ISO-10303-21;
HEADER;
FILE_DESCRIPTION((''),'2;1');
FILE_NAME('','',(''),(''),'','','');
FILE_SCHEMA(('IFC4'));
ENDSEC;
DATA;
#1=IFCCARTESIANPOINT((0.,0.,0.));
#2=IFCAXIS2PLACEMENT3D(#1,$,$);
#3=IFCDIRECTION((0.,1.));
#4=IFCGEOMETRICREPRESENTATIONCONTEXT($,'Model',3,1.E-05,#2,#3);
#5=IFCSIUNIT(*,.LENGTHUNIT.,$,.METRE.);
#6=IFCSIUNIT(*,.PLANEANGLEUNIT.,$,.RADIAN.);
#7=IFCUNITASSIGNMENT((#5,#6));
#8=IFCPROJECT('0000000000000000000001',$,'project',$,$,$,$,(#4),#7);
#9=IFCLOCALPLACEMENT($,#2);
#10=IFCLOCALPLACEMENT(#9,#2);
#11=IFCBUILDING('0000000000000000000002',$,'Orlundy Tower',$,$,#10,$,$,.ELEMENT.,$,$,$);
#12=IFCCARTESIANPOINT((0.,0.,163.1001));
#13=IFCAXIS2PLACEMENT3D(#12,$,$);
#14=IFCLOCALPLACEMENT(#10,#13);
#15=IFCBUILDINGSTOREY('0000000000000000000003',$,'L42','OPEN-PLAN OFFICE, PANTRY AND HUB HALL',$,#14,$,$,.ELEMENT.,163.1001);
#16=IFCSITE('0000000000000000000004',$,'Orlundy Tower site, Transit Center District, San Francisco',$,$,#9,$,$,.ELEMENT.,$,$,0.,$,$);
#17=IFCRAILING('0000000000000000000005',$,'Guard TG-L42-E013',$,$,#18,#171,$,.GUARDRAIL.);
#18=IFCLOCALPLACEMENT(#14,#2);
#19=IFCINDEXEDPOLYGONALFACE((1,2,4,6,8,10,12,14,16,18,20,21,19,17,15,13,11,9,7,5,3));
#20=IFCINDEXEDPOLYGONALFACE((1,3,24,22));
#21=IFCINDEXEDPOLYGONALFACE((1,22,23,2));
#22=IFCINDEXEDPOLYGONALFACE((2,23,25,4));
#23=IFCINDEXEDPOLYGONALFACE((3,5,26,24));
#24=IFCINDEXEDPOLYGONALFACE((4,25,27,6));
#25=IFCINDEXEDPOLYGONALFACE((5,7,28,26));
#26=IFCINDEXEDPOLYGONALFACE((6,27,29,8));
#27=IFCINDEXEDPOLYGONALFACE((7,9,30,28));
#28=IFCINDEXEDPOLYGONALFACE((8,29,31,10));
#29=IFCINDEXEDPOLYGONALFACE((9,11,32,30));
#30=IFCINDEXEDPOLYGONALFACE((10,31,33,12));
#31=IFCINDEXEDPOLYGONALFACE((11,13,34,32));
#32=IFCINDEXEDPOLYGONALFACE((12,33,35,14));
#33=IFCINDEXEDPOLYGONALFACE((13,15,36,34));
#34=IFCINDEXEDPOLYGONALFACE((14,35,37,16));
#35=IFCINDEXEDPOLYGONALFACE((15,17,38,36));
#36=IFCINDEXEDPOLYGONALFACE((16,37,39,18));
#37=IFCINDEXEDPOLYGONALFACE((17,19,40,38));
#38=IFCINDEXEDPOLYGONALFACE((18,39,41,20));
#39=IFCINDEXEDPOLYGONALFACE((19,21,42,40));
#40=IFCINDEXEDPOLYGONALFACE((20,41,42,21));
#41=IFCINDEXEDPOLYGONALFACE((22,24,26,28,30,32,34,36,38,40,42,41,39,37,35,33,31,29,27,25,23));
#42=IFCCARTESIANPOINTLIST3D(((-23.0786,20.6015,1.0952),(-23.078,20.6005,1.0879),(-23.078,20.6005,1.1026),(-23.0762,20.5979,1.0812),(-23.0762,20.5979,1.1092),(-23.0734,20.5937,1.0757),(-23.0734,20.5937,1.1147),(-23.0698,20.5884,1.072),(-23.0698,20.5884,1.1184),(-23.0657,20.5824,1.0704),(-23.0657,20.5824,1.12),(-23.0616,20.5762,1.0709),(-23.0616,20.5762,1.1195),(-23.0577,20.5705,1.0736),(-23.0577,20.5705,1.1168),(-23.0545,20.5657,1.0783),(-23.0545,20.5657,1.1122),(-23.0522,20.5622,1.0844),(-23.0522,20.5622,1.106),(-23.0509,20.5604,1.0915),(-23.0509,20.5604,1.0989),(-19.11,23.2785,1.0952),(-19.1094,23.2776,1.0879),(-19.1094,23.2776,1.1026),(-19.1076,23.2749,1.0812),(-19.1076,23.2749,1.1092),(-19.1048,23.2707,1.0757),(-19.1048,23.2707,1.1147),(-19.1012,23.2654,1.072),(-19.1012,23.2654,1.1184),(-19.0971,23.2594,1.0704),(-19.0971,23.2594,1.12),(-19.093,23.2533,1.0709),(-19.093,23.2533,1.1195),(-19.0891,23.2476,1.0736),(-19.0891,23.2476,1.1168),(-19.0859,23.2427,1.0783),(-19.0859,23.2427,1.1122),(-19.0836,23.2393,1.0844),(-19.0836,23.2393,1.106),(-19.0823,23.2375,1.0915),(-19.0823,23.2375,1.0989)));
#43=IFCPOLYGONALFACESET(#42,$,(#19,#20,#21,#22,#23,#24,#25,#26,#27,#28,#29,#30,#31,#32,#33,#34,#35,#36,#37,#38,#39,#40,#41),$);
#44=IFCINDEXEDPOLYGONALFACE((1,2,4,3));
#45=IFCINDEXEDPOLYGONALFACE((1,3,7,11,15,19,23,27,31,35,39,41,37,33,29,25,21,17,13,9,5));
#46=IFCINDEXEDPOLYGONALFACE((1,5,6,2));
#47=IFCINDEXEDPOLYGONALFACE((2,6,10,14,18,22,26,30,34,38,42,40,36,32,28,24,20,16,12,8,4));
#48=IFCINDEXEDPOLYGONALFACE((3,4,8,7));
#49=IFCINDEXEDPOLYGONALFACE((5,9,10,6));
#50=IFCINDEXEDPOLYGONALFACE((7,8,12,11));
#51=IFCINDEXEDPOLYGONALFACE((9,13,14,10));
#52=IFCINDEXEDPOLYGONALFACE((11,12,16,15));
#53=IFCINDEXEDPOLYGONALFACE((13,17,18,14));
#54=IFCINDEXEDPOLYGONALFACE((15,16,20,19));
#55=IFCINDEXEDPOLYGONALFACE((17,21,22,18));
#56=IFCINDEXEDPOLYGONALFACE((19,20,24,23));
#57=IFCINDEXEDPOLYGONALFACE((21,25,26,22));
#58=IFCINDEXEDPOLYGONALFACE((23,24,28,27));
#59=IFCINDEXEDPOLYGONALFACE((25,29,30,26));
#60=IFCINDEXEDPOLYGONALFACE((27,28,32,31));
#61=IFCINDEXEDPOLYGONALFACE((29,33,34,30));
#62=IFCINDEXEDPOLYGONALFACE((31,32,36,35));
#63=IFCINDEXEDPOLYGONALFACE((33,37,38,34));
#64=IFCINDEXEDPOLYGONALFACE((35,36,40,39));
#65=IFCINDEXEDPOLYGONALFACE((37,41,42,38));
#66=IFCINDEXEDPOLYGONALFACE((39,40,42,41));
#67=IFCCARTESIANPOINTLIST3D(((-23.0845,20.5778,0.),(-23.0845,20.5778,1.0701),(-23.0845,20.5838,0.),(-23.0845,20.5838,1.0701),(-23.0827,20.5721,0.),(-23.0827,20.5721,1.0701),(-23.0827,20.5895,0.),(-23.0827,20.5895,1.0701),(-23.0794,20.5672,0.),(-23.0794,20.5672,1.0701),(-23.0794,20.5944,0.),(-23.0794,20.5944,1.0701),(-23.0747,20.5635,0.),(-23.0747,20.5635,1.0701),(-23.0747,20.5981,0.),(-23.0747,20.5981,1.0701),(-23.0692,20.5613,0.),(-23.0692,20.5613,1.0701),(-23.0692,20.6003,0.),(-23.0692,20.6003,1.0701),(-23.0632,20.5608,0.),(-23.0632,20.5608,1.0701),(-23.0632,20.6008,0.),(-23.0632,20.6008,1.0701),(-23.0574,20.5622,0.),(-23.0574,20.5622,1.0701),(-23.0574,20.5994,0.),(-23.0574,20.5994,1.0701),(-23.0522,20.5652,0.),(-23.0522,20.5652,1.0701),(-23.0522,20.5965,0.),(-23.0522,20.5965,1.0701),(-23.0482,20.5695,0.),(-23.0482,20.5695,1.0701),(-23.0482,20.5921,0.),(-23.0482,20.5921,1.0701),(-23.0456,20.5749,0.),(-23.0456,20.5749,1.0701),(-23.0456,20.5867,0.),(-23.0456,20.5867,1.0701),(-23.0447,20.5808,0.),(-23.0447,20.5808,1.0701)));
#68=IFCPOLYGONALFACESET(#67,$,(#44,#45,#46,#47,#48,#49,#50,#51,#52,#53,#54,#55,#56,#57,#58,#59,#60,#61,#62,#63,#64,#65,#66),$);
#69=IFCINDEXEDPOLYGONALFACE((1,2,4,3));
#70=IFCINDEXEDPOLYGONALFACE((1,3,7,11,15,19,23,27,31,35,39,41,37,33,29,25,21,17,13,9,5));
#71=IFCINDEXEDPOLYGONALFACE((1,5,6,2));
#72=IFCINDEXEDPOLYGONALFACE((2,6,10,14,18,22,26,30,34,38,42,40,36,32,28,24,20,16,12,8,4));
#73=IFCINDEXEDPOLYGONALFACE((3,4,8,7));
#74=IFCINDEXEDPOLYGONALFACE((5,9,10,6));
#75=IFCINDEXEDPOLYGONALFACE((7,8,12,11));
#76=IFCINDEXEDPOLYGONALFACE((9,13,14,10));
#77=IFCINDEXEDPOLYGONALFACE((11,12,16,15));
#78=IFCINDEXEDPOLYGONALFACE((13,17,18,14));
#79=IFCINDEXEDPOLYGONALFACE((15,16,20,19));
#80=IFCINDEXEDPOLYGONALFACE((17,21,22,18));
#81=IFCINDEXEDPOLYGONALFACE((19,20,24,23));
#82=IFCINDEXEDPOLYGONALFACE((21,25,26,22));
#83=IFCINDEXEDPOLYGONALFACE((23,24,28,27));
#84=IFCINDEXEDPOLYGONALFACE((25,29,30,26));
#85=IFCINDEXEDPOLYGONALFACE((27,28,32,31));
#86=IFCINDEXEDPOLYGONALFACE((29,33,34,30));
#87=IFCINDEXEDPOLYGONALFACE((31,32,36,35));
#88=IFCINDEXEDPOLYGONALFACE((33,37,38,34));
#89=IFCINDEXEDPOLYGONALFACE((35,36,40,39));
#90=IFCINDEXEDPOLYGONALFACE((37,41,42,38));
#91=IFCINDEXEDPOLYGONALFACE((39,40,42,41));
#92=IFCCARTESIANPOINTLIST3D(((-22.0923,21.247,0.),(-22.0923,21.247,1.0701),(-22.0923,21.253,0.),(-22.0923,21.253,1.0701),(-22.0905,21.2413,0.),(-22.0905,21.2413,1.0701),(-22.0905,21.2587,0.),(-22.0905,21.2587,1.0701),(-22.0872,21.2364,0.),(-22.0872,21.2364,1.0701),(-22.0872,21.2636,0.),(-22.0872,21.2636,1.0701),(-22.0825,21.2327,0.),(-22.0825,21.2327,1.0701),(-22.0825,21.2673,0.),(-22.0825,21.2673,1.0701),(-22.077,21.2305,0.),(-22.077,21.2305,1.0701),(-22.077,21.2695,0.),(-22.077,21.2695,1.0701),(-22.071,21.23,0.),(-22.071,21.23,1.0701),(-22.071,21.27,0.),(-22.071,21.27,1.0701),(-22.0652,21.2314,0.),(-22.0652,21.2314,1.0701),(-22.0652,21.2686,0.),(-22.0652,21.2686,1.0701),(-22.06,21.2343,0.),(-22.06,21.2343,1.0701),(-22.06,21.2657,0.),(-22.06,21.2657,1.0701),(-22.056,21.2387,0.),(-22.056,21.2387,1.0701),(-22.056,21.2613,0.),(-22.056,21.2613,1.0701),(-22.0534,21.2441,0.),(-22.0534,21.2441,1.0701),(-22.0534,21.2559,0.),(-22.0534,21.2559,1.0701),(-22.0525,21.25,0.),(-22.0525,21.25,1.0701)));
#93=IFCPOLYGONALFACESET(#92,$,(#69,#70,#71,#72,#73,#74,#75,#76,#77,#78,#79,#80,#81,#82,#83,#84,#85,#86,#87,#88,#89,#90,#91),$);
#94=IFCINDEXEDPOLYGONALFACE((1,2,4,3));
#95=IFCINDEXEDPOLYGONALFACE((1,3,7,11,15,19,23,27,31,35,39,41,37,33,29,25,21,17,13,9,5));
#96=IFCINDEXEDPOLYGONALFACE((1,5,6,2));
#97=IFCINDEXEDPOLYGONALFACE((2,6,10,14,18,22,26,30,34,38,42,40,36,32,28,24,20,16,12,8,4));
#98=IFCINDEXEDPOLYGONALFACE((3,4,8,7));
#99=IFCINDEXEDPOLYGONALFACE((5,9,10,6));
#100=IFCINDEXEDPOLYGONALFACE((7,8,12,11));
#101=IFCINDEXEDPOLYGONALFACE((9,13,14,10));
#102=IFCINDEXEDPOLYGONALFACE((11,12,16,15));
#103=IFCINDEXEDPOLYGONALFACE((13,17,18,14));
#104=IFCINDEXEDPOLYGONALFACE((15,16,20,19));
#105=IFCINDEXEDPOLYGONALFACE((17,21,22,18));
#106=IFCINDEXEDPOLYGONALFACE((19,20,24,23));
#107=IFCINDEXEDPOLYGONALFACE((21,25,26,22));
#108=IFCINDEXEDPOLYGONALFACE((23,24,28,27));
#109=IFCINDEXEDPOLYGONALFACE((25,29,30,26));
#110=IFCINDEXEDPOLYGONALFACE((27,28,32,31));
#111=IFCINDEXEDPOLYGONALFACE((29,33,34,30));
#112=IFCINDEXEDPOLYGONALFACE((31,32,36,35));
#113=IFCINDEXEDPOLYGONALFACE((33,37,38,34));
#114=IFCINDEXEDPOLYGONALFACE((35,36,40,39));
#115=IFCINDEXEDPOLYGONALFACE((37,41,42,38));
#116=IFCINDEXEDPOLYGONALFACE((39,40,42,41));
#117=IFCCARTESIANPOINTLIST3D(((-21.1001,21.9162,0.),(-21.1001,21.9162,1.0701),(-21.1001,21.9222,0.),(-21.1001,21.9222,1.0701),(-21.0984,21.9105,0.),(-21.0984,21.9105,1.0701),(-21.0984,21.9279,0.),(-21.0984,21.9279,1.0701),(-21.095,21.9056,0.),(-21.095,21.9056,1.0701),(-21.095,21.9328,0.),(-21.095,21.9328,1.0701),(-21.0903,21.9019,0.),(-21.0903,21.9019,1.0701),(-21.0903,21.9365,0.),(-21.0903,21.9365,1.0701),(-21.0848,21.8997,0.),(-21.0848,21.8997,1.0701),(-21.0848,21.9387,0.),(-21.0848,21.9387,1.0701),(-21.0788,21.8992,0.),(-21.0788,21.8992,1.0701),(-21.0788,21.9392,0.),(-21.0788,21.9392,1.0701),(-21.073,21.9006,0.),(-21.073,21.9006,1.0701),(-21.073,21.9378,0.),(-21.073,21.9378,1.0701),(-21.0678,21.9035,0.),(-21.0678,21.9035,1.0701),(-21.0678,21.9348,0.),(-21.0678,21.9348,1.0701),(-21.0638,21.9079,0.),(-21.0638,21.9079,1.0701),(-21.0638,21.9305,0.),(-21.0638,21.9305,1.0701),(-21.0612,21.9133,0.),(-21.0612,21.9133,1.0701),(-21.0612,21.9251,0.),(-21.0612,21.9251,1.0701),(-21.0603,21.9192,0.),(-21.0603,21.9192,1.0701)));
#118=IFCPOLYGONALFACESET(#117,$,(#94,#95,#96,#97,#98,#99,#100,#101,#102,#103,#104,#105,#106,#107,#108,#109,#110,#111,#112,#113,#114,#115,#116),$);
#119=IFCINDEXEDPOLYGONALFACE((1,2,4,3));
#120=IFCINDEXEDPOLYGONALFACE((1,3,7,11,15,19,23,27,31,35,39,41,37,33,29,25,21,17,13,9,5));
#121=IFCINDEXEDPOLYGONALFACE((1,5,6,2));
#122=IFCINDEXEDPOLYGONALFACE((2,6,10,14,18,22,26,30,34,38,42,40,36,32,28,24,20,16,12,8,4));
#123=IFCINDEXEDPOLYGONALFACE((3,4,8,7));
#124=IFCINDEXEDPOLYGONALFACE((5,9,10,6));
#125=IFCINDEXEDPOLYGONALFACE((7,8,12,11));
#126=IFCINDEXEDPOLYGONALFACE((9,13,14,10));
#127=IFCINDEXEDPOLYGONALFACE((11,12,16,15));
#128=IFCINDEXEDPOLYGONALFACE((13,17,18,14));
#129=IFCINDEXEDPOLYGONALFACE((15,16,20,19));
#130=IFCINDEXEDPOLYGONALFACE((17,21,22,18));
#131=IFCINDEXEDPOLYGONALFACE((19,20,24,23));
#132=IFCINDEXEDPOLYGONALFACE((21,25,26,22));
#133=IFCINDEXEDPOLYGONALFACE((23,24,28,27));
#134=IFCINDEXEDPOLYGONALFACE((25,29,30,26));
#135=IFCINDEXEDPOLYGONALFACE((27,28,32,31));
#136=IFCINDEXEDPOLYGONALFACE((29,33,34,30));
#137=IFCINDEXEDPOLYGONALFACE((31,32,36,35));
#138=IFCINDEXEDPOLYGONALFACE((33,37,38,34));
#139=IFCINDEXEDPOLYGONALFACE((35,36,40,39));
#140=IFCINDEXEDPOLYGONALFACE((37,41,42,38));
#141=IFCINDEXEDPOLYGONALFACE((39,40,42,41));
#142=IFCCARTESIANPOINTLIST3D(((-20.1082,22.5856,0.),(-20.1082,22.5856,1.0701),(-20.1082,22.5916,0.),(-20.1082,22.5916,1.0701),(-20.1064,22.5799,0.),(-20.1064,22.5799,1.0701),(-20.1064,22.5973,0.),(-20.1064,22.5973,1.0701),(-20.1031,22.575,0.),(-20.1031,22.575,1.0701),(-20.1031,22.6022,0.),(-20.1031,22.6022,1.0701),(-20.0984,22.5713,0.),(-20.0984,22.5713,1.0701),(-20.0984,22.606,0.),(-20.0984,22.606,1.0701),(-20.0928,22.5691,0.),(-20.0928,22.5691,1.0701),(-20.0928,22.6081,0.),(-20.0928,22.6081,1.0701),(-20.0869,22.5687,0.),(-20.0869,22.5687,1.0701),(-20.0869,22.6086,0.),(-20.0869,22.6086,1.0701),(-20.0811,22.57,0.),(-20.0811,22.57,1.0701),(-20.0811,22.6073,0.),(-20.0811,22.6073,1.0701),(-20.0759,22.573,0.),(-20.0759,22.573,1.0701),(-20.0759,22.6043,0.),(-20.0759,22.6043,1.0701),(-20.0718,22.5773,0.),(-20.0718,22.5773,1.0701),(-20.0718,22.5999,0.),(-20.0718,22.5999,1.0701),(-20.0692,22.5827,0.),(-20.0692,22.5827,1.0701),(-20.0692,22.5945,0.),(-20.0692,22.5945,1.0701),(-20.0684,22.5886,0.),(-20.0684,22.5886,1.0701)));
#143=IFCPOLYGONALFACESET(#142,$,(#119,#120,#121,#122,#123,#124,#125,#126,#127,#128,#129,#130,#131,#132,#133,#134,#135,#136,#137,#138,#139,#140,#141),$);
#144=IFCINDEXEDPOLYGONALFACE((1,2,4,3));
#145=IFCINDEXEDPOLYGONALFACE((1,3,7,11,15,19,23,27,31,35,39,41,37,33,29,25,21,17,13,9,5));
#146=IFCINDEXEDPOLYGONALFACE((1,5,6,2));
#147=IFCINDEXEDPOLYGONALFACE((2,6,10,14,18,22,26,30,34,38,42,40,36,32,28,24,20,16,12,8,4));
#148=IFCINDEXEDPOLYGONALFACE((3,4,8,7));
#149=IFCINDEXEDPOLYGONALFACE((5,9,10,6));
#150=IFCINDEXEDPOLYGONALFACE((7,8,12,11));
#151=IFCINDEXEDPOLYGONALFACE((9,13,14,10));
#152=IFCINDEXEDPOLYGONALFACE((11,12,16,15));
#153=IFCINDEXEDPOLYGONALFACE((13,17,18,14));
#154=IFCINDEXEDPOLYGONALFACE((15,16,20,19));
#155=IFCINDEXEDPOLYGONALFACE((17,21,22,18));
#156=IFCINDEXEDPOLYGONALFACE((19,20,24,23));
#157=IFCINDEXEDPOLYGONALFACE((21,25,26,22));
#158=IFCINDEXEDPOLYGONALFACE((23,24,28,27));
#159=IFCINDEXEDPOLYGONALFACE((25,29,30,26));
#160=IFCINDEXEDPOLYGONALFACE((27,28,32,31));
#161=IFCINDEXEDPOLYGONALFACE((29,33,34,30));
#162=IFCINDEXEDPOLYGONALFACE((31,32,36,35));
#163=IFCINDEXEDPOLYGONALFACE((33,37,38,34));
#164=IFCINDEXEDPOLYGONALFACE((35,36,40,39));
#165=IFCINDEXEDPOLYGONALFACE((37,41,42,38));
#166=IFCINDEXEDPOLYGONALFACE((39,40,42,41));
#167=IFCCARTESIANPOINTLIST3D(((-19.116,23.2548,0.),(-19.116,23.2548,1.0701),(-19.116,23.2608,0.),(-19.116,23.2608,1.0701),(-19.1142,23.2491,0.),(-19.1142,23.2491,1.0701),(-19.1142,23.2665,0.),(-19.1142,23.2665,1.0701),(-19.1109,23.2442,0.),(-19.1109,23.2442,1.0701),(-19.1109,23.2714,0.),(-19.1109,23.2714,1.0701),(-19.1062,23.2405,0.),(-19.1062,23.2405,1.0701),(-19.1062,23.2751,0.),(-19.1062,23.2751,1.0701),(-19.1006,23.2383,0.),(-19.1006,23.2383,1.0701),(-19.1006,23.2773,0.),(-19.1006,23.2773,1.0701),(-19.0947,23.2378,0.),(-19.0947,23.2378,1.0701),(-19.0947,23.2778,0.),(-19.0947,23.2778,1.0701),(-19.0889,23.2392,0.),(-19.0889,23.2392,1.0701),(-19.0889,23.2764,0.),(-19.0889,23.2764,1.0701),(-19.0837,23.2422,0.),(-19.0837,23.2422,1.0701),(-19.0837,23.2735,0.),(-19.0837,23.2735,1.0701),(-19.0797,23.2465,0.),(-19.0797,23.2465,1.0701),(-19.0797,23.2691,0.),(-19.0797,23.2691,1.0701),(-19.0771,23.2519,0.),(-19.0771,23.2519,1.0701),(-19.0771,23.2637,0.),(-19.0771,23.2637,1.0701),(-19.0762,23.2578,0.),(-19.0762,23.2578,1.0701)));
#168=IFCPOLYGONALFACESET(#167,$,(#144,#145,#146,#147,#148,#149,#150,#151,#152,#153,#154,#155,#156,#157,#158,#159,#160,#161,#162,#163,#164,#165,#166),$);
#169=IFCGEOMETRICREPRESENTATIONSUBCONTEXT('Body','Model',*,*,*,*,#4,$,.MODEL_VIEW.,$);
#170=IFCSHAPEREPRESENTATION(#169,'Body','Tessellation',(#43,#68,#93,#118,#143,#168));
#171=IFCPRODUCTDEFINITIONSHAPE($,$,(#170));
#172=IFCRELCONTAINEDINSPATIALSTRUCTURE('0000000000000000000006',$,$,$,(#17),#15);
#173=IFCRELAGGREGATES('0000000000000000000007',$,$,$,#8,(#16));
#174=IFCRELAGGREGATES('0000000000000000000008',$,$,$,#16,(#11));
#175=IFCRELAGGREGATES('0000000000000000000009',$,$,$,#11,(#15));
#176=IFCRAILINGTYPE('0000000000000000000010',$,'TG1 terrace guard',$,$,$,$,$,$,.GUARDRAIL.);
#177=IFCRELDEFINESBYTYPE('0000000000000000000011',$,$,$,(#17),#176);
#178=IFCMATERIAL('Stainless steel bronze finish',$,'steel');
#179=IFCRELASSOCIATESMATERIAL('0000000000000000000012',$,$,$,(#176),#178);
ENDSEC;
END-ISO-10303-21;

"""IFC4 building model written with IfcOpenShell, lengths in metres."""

from ifc_helpers import new_model, si_unit, direction, frame, origin, origin_2d, place, context, subcontext, project, spatial, circle, extrude, material, type_object, element, save


model = new_model("IFC4")

# Units and contexts
model_context = context("Model", 3, precision=1e-05, world=origin(), true_north=direction((0.0, 1.0)))
body_context = subcontext(model_context, "Body", "Model", "MODEL_VIEW")
ifc_project = project(units=[si_unit("LENGTHUNIT", "METRE"), si_unit("PLANEANGLEUNIT", "RADIAN")], contexts=[model_context])

# Site, building, storey
site_placement = place(None, origin())
site = spatial("IfcSite", under=ifc_project, at=site_placement, Name="Orlundy Tower site, Transit Center District, San Francisco", CompositionType="ELEMENT", RefElevation=0.0)
building_placement = place(site_placement, origin())
building = spatial("IfcBuilding", under=site, at=building_placement, Name="Orlundy Tower", CompositionType="ELEMENT")
storey_placement = place(building_placement, frame((0.0, 0.0, 163.1001)))
storey = spatial("IfcBuildingStorey", under=building, at=storey_placement, Name="L42", Description="OPEN-PLAN OFFICE, PANTRY AND HUB HALL", CompositionType="ELEMENT", Elevation=163.1001)

# Railing
ifc_material_1 = material(Name="Stainless steel bronze finish", Category="steel")
railing_type = type_object("IfcRailingType", Name="TG1 terrace guard", PredefinedType="GUARDRAIL", material=ifc_material_1)
railing_1_placement = place(storey_placement, frame((-23.0647, 20.5808, 0.0)))
element("IfcRailing", 1, at=railing_1_placement, inside=storey, type_object=railing_type, Name="Guard TG-L42-E013", PredefinedType="GUARDRAIL", context=body_context, shape_type="SweptSolid", body=[
    extrude(circle(Radius=0.0249, at=origin_2d()), frame((0.0, 0.0, 1.0952), z_axis=(0.829017, 0.559223, 0.0), x_axis=(-0.559223, 0.829017, 0.0)), (0.0, 0.0, 1.0), 4.7871),
    extrude(circle(Radius=0.02, at=origin_2d()), origin(), (0.0, 0.0, 1.0), 1.0701),
    extrude(circle(Radius=0.02, at=origin_2d()), frame((0.9922, 0.6692, 0.0)), (0.0, 0.0, 1.0), 1.0701),
    extrude(circle(Radius=0.02, at=origin_2d()), frame((1.9844, 1.3384, 0.0)), (0.0, 0.0, 1.0), 1.0701),
    extrude(circle(Radius=0.02, at=origin_2d()), frame((2.9763, 2.0078, 0.0)), (0.0, 0.0, 1.0), 1.0701),
    extrude(circle(Radius=0.02, at=origin_2d()), frame((3.9685, 2.677, 0.0)), (0.0, 0.0, 1.0), 1.0701),
])

save(model, "model.ifc")
